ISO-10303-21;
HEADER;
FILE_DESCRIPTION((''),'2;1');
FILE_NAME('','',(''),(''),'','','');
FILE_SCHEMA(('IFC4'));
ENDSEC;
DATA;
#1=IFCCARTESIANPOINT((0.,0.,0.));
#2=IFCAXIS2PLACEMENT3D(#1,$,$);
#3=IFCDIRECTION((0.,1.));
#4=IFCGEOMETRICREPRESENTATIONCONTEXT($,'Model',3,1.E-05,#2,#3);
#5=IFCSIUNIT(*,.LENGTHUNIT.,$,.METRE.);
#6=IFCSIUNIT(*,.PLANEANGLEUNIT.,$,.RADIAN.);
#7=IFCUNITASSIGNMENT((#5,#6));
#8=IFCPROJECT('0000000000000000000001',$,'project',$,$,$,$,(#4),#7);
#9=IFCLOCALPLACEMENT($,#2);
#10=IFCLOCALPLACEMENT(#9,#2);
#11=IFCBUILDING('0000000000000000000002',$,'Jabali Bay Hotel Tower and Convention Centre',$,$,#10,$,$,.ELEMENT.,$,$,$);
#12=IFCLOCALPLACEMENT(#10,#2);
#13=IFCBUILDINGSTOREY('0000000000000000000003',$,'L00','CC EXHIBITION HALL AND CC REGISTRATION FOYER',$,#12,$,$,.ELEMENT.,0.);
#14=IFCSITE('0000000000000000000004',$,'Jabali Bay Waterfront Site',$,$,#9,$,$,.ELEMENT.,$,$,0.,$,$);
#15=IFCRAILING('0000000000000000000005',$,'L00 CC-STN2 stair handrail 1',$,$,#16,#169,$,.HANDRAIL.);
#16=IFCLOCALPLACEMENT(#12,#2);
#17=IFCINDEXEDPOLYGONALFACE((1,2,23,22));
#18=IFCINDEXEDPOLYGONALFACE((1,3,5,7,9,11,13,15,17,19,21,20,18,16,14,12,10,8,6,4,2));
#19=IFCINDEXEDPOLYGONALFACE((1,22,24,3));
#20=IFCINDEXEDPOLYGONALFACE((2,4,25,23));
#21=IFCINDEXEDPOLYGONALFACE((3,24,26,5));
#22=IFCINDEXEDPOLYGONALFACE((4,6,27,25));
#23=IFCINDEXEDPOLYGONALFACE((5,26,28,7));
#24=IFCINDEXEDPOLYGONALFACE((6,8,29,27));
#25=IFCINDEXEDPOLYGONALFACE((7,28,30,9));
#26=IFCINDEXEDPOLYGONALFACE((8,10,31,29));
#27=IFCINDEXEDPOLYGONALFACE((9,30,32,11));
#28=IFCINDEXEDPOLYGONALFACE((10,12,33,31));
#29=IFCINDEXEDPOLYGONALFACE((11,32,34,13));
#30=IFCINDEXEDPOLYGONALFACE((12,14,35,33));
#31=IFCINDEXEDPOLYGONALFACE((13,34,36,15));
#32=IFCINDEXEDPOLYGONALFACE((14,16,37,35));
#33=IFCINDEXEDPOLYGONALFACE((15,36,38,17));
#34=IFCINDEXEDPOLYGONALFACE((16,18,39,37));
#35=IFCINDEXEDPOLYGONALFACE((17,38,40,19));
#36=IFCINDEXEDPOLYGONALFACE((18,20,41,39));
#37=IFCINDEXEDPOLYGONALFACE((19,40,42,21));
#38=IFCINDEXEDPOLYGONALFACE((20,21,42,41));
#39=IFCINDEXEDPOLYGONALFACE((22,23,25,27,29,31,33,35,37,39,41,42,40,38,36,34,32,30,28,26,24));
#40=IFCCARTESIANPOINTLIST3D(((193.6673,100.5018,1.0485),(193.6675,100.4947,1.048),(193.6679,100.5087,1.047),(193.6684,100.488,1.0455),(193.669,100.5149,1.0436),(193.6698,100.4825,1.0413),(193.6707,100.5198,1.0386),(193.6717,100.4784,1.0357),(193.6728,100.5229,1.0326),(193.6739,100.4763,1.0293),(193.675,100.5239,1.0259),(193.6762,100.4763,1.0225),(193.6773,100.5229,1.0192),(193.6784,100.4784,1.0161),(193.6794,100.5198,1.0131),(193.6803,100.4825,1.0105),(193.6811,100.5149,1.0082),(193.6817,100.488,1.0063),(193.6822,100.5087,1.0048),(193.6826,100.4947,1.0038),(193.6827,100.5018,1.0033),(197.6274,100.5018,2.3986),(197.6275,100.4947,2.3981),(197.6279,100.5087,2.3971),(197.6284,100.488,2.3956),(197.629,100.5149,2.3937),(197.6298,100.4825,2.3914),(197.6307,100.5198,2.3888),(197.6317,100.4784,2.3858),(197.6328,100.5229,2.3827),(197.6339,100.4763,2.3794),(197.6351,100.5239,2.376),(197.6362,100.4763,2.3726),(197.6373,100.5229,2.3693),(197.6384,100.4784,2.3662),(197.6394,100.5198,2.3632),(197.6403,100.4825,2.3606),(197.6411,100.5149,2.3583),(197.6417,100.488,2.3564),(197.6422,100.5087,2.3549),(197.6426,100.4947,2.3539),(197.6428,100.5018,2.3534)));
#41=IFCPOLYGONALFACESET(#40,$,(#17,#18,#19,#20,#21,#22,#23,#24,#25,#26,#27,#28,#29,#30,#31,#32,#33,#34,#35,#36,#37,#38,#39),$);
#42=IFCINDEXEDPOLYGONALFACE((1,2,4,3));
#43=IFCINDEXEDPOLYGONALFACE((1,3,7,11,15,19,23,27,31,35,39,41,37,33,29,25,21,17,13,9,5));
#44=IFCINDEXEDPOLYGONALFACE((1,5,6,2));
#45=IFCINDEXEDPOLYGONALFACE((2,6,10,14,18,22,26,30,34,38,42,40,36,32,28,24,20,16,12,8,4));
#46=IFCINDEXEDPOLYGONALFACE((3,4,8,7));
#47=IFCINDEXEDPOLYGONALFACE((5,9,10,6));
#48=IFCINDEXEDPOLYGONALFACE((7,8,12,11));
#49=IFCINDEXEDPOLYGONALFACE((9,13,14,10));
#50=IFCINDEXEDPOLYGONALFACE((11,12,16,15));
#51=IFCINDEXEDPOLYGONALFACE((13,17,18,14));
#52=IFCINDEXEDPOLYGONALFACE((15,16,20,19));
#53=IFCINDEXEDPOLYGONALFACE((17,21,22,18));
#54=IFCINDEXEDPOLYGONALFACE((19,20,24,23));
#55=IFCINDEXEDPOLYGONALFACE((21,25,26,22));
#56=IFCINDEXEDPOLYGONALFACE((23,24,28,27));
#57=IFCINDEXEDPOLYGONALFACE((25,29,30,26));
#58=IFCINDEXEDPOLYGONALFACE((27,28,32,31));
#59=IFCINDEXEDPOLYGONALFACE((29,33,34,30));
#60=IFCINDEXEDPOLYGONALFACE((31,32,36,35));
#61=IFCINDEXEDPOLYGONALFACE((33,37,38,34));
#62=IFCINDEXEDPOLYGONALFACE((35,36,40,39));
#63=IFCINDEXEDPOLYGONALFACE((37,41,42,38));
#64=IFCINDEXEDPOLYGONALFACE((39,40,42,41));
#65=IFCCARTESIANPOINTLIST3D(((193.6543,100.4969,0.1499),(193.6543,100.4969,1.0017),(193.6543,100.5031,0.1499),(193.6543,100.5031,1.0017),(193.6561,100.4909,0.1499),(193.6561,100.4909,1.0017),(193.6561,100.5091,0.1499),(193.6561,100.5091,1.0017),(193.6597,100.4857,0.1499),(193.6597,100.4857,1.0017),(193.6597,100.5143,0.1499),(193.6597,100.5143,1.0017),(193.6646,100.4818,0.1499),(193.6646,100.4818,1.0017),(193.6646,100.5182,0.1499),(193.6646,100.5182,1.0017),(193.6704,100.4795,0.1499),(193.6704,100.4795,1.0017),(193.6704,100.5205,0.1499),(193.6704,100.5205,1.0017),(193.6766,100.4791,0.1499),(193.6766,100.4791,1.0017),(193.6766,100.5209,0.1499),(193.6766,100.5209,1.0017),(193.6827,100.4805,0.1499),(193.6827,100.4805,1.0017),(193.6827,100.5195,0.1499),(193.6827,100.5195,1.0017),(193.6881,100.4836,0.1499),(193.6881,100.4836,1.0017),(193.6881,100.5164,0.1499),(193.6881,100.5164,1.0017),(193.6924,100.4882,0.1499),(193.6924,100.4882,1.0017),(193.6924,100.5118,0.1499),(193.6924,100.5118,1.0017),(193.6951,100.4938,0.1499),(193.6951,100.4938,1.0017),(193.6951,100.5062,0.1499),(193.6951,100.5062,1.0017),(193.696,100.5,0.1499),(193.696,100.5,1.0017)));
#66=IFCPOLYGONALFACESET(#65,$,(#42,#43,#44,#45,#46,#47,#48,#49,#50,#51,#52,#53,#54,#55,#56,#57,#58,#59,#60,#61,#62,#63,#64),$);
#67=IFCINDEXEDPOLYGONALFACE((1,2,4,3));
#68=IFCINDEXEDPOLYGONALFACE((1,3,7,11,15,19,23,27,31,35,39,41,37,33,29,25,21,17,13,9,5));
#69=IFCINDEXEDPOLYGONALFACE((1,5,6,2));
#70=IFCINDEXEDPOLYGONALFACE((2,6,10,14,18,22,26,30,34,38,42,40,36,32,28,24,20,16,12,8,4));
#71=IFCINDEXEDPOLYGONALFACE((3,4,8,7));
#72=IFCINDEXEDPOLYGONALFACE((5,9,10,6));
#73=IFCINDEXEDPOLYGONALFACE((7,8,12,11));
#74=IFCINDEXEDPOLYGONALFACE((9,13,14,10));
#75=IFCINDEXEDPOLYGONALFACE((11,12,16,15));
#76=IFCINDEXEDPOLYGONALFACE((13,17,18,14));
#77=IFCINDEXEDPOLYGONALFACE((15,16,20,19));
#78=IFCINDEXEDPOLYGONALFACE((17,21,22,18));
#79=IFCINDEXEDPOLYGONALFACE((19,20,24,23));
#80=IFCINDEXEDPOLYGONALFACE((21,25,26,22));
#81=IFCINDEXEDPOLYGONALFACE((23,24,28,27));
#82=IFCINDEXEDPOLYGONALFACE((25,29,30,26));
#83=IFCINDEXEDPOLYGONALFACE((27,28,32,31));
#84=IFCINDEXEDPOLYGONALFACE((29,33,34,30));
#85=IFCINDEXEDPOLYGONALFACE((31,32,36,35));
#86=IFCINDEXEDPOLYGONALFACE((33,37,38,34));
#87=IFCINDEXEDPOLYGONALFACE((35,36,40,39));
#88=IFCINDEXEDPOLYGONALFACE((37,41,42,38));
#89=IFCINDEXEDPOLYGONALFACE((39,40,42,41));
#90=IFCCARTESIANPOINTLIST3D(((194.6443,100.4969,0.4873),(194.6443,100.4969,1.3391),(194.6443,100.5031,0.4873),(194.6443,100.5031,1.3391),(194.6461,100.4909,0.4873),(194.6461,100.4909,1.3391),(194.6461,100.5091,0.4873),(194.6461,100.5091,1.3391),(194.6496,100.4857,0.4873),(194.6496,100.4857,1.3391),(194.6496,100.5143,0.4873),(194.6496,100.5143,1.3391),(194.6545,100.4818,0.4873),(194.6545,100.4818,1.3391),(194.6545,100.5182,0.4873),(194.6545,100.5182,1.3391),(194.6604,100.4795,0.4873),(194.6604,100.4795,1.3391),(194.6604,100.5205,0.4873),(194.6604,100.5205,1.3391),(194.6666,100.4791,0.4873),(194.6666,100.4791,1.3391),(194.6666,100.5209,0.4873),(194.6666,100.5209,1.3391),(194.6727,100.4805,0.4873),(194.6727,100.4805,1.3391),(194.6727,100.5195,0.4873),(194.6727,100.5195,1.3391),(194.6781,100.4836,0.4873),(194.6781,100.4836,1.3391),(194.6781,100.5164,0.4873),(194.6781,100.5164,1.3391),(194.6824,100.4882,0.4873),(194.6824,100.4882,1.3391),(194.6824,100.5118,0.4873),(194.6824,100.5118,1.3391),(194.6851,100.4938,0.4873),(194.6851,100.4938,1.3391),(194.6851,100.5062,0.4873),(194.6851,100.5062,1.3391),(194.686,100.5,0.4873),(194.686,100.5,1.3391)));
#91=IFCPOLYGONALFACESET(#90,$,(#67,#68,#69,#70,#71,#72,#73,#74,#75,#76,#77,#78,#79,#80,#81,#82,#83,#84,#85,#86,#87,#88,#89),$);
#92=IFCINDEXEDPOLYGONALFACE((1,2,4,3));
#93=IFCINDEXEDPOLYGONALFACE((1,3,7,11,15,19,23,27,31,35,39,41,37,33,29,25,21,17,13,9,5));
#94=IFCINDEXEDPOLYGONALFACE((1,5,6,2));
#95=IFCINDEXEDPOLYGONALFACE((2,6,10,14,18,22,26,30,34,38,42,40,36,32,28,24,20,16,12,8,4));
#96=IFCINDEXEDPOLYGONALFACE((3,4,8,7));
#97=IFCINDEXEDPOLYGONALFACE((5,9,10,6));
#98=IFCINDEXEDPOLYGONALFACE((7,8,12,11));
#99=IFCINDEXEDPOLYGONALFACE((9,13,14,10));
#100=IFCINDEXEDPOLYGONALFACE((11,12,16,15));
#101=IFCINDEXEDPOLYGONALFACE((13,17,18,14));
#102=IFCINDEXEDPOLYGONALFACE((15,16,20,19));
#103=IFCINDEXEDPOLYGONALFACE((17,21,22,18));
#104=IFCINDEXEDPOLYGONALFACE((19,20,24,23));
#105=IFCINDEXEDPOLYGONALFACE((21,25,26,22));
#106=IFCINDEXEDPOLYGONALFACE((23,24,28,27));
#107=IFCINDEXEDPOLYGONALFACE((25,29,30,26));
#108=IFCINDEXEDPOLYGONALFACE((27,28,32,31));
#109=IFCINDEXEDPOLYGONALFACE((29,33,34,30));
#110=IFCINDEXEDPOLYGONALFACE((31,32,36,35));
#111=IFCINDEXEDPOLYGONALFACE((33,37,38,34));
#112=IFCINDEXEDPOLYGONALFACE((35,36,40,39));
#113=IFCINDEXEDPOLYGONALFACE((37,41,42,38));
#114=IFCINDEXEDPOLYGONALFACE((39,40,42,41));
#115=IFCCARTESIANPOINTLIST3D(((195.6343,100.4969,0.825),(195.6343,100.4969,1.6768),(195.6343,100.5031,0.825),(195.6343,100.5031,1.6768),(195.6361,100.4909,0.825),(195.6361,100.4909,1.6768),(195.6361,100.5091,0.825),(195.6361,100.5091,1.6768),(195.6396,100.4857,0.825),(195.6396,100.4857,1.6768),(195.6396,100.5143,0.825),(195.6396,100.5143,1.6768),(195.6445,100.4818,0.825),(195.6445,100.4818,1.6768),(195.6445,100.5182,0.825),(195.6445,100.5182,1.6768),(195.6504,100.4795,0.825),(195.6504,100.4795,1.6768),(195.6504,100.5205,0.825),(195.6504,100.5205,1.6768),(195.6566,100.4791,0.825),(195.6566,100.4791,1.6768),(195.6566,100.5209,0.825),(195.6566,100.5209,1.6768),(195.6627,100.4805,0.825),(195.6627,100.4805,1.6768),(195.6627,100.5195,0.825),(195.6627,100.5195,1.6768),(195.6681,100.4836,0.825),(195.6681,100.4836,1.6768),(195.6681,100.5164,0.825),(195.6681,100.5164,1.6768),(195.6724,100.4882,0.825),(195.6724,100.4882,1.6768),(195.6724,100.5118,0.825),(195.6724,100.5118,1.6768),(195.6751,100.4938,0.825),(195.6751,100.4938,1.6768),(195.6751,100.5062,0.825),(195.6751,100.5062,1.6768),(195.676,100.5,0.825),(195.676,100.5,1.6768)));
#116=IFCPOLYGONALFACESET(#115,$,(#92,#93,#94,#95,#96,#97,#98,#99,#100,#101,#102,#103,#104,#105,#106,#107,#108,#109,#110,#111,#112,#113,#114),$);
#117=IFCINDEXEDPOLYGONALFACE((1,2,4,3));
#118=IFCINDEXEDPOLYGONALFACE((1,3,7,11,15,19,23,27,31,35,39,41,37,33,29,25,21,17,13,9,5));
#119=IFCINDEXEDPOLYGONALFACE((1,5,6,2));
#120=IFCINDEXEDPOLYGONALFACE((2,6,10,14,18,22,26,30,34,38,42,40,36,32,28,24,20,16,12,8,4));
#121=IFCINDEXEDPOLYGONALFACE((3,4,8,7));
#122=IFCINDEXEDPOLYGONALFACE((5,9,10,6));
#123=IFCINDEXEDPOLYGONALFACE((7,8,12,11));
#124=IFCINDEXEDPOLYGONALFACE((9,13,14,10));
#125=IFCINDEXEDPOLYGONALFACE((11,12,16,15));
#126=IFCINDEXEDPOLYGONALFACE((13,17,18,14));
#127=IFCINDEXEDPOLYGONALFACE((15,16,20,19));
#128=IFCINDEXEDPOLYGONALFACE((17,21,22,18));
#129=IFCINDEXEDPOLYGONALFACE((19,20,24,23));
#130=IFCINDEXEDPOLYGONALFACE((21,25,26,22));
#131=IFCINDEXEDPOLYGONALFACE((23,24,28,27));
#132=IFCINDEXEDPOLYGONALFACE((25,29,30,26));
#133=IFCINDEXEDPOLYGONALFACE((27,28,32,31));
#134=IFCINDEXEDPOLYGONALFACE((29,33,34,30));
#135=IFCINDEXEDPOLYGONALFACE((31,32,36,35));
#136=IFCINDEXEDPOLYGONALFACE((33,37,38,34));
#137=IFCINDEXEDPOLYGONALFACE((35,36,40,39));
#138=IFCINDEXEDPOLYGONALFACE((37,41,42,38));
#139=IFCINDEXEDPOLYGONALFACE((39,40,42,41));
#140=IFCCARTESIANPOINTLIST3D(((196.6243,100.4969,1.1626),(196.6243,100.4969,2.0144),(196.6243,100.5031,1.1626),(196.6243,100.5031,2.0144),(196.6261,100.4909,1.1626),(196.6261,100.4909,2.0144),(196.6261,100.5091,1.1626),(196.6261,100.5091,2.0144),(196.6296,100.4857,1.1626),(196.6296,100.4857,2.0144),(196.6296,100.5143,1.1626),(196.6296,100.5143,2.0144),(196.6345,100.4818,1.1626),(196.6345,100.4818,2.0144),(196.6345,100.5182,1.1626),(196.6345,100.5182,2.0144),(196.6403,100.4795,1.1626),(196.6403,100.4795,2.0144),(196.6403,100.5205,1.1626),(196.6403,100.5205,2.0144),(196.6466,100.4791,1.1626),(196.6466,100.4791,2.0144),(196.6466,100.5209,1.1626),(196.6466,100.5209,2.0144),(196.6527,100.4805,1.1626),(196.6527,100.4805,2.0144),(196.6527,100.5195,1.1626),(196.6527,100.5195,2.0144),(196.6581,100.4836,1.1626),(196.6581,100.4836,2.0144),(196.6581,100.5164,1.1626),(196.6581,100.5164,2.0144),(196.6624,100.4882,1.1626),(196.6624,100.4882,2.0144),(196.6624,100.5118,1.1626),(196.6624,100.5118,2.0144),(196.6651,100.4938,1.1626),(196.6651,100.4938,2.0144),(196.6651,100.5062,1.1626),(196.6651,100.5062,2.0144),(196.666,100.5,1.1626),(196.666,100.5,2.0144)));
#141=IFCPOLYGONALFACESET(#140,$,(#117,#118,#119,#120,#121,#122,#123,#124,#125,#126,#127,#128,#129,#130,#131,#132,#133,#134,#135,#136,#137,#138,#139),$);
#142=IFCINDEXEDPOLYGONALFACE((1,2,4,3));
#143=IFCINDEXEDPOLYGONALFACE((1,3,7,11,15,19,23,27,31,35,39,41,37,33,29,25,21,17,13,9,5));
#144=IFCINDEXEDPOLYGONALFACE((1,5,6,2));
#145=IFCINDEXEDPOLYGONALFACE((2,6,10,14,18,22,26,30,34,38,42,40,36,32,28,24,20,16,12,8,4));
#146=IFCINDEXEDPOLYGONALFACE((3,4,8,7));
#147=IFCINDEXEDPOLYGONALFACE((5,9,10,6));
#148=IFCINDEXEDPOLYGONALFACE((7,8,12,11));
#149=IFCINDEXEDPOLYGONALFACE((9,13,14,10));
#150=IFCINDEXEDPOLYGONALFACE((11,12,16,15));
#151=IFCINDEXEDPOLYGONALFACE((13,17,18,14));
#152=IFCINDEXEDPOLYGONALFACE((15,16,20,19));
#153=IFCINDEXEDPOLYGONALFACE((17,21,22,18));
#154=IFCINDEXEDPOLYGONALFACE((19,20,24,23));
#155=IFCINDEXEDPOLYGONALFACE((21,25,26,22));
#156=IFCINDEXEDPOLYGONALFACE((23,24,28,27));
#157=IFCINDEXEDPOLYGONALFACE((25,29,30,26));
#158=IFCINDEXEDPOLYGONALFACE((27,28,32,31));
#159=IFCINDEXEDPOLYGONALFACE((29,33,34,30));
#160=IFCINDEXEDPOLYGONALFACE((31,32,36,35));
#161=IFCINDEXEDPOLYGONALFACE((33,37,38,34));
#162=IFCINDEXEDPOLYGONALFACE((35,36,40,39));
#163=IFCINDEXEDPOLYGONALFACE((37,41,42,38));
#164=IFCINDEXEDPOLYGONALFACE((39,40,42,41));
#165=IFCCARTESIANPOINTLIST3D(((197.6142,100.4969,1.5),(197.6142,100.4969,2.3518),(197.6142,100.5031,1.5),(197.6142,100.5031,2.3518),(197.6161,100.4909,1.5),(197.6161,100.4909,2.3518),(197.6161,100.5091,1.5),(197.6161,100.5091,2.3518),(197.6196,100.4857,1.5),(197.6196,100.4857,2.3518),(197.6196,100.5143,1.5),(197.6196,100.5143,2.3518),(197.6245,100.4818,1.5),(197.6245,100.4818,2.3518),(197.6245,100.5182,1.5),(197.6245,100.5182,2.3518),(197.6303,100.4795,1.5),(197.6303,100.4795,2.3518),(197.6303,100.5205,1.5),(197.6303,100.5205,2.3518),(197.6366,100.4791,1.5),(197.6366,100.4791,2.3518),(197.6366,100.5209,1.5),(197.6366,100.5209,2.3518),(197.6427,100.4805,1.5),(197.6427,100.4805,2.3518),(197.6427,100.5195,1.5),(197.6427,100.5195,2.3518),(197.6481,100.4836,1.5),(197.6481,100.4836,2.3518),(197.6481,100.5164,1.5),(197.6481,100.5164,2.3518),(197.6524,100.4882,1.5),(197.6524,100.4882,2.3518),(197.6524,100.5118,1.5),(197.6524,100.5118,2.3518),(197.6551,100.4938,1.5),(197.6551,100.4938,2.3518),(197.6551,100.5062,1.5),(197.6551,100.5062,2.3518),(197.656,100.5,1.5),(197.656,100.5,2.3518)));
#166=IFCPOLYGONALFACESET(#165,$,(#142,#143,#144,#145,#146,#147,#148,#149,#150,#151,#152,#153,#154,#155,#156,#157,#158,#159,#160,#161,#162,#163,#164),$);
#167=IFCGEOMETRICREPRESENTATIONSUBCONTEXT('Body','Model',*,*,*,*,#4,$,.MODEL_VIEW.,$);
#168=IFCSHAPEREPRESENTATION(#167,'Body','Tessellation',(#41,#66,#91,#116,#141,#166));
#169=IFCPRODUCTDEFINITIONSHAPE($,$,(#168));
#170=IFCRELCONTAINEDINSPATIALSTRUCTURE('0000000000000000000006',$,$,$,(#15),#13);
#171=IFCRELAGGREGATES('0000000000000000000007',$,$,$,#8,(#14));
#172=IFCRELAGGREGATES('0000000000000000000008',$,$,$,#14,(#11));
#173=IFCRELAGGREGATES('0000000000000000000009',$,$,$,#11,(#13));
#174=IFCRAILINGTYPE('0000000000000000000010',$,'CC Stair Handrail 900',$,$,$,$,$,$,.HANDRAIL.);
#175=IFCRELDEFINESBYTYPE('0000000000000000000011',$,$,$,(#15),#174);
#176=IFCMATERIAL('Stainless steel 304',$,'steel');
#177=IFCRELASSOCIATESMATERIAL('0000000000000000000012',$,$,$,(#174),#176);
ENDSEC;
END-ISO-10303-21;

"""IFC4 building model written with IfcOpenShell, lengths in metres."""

from ifc_helpers import new_model, si_unit, direction, frame, origin, origin_2d, place, context, subcontext, project, spatial, circle, extrude, material, type_object, element, save


model = new_model("IFC4")

# Units and contexts
model_context = context("Model", 3, precision=1e-05, world=origin(), true_north=direction((0.0, 1.0)))
body_context = subcontext(model_context, "Body", "Model", "MODEL_VIEW")
ifc_project = project(units=[si_unit("LENGTHUNIT", "METRE"), si_unit("PLANEANGLEUNIT", "RADIAN")], contexts=[model_context])

# Site, building, storey
site_placement = place(None, origin())
site = spatial("IfcSite", under=ifc_project, at=site_placement, Name="Jabali Bay Waterfront Site", CompositionType="ELEMENT", RefElevation=0.0)
building_placement = place(site_placement, origin())
building = spatial("IfcBuilding", under=site, at=building_placement, Name="Jabali Bay Hotel Tower and Convention Centre", CompositionType="ELEMENT")
storey_placement = place(building_placement, origin())
storey = spatial("IfcBuildingStorey", under=building, at=storey_placement, Name="L00", Description="CC EXHIBITION HALL AND CC REGISTRATION FOYER", CompositionType="ELEMENT", Elevation=0.0)

# Railing
ifc_material_1 = material(Name="Stainless steel 304", Category="steel")
railing_type_1 = type_object("IfcRailingType", Name="CC Stair Handrail 900", PredefinedType="HANDRAIL", material=ifc_material_1)
for number, where, name in (
    (1, (193.675, 100.5, 0.1499), "L00 CC-STN2 stair handrail 1"),
):
    element("IfcRailing", number, at=place(storey_placement, frame(where)), inside=storey, type_object=railing_type_1, Name=name, PredefinedType="HANDRAIL", context=body_context, shape_type="SweptSolid", body=[
        extrude(circle(Radius=0.0239, at=origin_2d()), frame((0.0, 0.0, 0.876), z_axis=(0.946502, 0.0, 0.322698), x_axis=(0.0, 1.0, 0.0)), (0.0, 0.0, 1.0), 4.1838),
        extrude(circle(Radius=0.021, at=origin_2d()), origin(), (0.0, 0.0, 1.0), 0.8518),
        extrude(circle(Radius=0.021, at=origin_2d()), frame((0.99, 0.0, 0.3374)), (0.0, 0.0, 1.0), 0.8518),
        extrude(circle(Radius=0.021, at=origin_2d()), frame((1.98, 0.0, 0.675)), (0.0, 0.0, 1.0), 0.8518),
        extrude(circle(Radius=0.021, at=origin_2d()), frame((2.97, 0.0, 1.0127)), (0.0, 0.0, 1.0), 0.8518),
        extrude(circle(Radius=0.021, at=origin_2d()), frame((3.96, 0.0, 1.3501)), (0.0, 0.0, 1.0), 0.8518),
    ])

save(model, "model.ifc")
